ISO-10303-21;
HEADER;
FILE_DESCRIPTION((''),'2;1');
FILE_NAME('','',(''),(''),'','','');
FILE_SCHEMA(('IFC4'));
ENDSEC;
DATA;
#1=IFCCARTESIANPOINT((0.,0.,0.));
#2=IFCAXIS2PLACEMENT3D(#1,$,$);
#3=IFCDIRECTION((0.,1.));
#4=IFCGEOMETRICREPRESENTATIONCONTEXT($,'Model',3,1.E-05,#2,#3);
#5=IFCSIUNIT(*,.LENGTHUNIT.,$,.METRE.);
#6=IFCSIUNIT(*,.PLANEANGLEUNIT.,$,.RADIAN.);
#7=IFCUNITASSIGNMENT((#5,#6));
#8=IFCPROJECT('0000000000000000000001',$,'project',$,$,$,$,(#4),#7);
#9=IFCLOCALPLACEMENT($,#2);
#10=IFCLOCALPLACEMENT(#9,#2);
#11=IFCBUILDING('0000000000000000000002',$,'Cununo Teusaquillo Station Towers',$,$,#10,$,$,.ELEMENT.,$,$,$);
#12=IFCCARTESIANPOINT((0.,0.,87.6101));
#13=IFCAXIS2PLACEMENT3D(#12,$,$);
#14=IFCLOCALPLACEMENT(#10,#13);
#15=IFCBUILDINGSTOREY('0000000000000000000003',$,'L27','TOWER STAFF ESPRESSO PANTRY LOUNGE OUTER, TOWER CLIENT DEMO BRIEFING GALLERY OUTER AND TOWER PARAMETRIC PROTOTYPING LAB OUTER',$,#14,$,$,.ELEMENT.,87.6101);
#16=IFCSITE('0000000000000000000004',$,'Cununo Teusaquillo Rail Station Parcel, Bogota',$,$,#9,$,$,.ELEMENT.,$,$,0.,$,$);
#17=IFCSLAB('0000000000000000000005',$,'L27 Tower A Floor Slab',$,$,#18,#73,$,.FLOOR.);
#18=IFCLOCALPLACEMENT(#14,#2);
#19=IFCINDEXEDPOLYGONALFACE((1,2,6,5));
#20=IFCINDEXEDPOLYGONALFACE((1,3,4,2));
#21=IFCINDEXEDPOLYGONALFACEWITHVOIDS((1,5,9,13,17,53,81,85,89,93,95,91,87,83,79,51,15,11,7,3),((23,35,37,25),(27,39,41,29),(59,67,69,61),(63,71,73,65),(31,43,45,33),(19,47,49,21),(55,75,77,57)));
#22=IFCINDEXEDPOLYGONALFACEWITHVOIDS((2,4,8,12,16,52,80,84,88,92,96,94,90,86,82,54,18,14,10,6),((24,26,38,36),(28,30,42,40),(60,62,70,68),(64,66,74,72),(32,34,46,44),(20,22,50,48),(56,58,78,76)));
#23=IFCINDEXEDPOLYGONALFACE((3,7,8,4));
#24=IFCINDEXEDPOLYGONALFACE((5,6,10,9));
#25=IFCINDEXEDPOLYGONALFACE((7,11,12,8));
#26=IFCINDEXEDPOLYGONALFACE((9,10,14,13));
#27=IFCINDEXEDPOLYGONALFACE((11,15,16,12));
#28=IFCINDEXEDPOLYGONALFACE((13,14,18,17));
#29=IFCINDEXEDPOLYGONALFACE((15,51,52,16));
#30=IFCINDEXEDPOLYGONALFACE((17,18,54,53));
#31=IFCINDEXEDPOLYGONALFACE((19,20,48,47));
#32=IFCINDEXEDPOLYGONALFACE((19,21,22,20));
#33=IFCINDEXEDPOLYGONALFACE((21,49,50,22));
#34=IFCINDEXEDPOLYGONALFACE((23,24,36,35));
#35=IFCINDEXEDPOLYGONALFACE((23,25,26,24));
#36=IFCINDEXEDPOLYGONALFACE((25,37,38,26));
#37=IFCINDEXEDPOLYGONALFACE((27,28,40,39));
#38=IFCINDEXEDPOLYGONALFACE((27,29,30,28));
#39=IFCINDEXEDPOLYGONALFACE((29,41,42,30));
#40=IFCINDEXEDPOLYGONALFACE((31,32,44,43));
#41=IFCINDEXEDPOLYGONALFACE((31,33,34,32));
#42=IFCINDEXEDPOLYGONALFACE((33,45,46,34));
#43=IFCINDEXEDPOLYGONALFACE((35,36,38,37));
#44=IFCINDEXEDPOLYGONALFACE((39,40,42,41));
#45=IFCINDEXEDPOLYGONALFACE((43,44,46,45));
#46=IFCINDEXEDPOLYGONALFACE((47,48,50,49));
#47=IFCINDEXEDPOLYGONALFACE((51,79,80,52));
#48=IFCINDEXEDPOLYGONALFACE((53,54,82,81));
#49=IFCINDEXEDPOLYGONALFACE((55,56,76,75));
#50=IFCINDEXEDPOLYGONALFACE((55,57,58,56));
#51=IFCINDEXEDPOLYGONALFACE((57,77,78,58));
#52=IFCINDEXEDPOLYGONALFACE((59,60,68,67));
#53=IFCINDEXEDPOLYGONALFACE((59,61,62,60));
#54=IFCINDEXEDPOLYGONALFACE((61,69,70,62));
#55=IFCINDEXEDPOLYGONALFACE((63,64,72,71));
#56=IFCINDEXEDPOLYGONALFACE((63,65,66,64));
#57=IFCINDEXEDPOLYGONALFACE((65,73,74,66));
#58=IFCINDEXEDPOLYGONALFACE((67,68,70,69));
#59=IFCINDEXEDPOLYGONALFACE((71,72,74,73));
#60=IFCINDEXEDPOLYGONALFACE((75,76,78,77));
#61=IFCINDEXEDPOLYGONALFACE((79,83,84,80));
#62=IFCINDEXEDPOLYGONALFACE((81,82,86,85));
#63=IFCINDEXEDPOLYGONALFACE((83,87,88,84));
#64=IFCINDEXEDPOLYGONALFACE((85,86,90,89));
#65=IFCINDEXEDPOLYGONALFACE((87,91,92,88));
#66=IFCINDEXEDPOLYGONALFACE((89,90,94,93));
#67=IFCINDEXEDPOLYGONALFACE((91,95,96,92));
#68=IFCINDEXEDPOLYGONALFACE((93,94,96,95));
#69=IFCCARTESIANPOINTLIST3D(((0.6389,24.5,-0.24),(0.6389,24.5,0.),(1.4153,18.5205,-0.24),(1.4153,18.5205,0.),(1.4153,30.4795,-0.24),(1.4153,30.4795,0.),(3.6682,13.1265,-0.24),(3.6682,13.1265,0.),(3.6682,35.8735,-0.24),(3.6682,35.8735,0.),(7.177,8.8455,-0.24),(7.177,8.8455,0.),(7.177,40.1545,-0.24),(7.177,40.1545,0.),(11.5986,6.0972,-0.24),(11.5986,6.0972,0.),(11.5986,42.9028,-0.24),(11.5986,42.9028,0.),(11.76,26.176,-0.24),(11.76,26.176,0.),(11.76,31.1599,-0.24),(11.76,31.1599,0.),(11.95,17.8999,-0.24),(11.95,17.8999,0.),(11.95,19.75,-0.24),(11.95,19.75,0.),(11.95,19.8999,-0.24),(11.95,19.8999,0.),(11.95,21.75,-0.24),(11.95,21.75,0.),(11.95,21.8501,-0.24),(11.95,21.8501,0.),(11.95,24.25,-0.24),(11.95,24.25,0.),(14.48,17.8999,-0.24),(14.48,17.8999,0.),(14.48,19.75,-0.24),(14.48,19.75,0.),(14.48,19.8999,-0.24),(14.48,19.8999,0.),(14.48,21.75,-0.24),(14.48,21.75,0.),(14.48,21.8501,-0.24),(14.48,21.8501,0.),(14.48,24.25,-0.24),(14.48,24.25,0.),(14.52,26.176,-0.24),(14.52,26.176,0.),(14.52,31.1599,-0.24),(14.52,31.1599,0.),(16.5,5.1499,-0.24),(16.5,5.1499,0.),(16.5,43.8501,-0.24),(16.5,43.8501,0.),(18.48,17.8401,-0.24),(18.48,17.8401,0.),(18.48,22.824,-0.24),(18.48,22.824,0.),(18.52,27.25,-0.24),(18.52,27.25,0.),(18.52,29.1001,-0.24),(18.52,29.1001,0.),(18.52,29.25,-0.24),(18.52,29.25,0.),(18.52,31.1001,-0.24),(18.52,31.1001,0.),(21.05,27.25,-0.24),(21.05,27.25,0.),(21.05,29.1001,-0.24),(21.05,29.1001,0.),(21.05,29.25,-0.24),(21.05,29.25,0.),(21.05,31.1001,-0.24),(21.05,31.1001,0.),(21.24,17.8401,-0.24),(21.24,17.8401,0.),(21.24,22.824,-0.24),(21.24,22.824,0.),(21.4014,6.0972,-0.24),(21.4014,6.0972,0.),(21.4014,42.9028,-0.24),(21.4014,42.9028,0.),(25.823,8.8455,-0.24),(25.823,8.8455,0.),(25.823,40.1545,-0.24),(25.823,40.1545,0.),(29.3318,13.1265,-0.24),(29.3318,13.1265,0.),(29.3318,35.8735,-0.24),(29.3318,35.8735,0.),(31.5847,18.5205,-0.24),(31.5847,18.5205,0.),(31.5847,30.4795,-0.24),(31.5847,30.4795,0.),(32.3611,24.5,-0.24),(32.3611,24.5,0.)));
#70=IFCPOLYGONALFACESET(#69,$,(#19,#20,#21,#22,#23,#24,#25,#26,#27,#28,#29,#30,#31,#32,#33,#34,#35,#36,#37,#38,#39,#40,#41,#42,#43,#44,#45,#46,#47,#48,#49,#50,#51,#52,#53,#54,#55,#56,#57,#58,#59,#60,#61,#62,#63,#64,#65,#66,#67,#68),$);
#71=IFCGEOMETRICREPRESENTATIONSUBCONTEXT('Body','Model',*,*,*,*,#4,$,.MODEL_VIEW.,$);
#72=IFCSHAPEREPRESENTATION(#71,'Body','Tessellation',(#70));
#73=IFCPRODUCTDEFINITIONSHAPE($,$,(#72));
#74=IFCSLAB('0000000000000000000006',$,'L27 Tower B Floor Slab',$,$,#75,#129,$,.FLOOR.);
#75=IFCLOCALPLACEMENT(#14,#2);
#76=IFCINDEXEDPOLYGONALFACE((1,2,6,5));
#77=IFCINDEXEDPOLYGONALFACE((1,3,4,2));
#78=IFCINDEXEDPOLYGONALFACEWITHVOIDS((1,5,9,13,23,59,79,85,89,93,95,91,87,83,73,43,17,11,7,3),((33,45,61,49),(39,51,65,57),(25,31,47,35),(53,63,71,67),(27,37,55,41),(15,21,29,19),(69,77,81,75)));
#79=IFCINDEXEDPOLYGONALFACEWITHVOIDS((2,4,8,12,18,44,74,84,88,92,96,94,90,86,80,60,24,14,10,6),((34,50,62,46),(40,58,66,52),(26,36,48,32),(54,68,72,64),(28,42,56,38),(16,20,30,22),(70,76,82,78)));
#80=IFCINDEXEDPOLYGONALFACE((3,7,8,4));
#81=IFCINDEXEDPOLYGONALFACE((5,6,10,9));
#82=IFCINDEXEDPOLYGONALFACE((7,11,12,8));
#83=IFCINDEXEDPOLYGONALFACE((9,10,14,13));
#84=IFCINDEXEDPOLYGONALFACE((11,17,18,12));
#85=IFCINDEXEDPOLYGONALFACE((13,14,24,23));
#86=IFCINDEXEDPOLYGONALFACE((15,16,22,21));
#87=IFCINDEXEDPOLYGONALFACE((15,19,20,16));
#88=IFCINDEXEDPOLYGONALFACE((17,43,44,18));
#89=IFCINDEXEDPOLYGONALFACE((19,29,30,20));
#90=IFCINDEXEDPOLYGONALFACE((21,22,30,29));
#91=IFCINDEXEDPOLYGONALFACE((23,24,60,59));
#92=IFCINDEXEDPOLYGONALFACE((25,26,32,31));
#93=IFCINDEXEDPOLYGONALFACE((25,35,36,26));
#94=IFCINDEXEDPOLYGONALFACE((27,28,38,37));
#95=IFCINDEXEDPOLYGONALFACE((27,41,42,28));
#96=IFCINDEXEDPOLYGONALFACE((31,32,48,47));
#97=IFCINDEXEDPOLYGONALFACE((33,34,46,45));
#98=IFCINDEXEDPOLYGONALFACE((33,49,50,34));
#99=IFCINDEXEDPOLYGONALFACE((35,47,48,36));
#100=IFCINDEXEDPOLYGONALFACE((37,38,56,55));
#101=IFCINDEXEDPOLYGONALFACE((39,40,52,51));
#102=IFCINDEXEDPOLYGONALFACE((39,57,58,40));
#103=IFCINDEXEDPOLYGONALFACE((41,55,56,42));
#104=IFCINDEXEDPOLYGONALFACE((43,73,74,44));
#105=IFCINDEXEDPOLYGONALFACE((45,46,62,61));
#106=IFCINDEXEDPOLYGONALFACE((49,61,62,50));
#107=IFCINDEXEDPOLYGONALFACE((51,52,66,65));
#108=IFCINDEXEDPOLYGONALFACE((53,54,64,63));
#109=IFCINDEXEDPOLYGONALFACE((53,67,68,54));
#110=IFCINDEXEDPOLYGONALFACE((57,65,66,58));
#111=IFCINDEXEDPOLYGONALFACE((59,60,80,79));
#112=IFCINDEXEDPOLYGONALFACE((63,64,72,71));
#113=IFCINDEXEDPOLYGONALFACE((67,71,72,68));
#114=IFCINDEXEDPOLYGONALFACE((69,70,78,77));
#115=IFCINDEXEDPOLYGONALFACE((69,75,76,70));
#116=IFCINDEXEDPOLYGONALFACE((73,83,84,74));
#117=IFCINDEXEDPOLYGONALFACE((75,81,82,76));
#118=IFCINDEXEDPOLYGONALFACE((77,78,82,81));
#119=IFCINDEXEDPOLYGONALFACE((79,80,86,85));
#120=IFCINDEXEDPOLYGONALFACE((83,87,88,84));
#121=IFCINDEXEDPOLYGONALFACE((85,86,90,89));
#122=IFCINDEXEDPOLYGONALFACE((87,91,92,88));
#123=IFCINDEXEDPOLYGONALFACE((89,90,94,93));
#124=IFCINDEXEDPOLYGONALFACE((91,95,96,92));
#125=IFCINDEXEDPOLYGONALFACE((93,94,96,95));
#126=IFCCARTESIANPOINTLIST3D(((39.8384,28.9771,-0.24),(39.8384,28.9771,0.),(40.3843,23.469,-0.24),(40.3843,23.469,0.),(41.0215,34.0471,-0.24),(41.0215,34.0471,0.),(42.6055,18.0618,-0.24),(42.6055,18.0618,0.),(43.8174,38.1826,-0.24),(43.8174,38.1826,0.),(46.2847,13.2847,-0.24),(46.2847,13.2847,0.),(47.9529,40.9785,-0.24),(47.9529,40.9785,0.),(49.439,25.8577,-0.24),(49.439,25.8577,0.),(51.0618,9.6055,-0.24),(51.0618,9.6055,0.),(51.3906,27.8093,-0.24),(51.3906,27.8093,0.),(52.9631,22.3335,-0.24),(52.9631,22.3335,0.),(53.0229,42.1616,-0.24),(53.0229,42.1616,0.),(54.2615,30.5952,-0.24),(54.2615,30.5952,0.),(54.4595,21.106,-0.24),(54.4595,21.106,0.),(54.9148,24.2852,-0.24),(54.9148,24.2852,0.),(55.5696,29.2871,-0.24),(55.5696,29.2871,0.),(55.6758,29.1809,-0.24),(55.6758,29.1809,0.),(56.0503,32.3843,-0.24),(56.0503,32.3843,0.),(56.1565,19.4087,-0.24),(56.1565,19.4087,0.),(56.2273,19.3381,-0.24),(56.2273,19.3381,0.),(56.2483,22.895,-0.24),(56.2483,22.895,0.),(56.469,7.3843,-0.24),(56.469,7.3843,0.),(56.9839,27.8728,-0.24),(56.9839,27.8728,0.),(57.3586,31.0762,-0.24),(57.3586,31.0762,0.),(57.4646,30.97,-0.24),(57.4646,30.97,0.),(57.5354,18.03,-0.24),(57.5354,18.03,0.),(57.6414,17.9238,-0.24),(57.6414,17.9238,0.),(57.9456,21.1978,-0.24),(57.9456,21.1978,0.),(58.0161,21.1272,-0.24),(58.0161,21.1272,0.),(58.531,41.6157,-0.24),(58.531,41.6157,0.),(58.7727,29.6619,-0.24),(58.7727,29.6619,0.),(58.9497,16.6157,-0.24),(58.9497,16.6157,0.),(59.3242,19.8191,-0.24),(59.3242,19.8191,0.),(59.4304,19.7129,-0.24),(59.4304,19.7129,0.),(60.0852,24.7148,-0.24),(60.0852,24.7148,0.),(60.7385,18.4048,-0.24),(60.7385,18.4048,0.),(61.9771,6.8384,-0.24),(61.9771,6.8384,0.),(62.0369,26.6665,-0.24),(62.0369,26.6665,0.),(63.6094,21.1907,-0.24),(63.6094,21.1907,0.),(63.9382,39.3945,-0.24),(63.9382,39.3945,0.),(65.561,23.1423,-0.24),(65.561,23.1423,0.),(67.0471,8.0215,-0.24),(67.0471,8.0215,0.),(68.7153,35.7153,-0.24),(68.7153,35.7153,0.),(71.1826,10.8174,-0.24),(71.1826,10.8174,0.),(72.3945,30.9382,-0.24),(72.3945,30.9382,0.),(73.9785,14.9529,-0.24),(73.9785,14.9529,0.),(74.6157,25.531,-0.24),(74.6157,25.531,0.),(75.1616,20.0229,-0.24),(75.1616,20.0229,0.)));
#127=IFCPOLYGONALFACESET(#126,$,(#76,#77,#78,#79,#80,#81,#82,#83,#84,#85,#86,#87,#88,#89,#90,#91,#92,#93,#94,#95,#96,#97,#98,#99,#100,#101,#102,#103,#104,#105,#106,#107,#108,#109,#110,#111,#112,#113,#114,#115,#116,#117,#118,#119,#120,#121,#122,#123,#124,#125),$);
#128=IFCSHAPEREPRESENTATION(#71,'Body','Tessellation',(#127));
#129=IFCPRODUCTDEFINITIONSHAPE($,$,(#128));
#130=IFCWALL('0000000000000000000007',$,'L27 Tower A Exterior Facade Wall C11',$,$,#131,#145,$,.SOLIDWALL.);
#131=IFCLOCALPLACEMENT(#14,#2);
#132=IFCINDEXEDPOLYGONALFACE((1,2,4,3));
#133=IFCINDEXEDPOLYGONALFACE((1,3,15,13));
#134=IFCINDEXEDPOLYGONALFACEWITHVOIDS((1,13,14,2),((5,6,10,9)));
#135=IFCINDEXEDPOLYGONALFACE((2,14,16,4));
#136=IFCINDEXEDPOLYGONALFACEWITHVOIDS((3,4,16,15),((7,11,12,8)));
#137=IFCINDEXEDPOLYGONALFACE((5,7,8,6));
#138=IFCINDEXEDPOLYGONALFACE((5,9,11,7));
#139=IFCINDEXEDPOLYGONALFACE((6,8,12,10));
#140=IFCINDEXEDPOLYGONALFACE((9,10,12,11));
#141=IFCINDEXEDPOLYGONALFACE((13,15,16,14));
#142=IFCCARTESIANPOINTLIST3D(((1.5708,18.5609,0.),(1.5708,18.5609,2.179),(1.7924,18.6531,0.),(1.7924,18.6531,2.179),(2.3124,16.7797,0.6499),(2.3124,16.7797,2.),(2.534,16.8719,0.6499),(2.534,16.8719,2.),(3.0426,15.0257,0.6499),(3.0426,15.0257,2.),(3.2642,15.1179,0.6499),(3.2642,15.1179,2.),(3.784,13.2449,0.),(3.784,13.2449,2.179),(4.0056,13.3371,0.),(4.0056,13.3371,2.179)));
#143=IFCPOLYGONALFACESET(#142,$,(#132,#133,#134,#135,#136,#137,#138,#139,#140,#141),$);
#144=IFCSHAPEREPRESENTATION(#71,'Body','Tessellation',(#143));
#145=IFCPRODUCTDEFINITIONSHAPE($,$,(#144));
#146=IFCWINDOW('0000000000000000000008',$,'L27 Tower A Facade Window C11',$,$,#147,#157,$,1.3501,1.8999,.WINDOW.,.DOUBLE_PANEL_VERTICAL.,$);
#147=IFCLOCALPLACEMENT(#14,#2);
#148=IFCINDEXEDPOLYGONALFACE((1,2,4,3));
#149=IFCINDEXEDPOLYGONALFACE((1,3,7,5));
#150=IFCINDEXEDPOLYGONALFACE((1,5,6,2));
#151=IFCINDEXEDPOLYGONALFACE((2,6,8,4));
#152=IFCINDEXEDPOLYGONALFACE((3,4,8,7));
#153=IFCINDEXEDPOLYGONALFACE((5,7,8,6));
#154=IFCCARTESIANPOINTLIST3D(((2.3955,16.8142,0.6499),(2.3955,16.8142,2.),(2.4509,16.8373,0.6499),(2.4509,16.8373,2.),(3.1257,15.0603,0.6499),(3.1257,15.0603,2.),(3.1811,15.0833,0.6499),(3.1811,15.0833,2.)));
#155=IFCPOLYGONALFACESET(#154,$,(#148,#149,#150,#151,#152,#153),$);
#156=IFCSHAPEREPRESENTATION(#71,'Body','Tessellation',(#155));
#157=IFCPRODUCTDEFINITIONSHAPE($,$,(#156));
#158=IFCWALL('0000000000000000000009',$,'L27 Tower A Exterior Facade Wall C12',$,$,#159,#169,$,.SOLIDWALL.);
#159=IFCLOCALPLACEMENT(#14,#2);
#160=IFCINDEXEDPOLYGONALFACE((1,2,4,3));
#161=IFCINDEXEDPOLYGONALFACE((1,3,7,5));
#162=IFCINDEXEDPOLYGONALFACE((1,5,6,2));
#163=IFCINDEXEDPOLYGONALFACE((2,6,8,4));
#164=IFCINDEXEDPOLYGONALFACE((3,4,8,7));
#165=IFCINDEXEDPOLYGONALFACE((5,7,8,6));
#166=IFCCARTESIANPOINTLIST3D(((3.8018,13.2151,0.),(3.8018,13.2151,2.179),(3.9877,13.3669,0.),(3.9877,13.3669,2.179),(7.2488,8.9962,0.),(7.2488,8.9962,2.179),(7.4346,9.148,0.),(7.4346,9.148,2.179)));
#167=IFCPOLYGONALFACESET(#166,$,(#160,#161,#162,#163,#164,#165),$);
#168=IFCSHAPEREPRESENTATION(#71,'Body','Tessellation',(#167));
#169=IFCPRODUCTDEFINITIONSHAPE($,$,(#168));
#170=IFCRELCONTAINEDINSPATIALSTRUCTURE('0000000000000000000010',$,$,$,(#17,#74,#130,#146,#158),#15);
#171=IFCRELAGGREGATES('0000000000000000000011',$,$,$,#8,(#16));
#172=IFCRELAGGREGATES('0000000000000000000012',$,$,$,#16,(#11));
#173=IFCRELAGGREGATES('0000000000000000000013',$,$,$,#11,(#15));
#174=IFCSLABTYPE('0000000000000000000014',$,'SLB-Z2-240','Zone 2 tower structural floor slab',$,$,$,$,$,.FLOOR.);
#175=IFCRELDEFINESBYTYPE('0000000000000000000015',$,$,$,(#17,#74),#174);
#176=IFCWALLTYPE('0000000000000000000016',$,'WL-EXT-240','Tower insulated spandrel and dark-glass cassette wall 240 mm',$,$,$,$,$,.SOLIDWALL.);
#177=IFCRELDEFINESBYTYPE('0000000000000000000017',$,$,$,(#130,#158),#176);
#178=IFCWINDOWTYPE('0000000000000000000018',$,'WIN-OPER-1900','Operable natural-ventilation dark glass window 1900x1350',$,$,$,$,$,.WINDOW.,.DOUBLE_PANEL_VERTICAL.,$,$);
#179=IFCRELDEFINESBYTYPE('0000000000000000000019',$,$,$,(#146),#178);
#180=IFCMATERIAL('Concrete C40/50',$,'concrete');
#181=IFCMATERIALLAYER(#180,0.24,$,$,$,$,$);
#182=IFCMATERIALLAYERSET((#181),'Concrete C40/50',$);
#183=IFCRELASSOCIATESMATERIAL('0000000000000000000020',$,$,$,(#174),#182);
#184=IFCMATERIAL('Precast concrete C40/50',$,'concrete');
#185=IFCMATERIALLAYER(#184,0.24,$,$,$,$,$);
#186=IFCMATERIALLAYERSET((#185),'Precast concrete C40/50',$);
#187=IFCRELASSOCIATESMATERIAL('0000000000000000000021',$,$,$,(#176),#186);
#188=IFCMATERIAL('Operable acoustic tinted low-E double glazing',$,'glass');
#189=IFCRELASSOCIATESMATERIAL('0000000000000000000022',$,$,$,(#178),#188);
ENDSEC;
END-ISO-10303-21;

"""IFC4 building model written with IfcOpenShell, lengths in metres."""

from ifc_helpers import new_model, si_unit, direction, frame, frame_2d, origin, place, context, subcontext, project, spatial, polyline, rectangle, outline, extrude, source, transform, mapped, material, layer, layer_set, type_object, element, fill, save


model = new_model("IFC4")

# Units and contexts
model_context = context("Model", 3, precision=1e-05, world=origin(), true_north=direction((0.0, 1.0)))
body_context = subcontext(model_context, "Body", "Model", "MODEL_VIEW")
ifc_project = project(units=[si_unit("LENGTHUNIT", "METRE"), si_unit("PLANEANGLEUNIT", "RADIAN")], contexts=[model_context])

# Site, building, storey
site_placement = place(None, origin())
site = spatial("IfcSite", under=ifc_project, at=site_placement, Name="Cununo Teusaquillo Rail Station Parcel, Bogota", CompositionType="ELEMENT", RefElevation=0.0)
building_placement = place(site_placement, origin())
building = spatial("IfcBuilding", under=site, at=building_placement, Name="Cununo Teusaquillo Station Towers", CompositionType="ELEMENT")
storey_placement = place(building_placement, frame((0.0, 0.0, 87.6101)))
storey = spatial("IfcBuildingStorey", under=building, at=storey_placement, Name="L27", Description="TOWER STAFF ESPRESSO PANTRY LOUNGE OUTER, TOWER CLIENT DEMO BRIEFING GALLERY OUTER AND TOWER PARAMETRIC PROTOTYPING LAB OUTER", CompositionType="ELEMENT", Elevation=87.6101)

# Slabs
ifc_material_1 = material(Name="Concrete C40/50", Category="concrete")
ifc_layer_1 = layer(ifc_material_1, 0.24)
ifc_layer_set_1 = layer_set([ifc_layer_1], Name="Concrete C40/50")
slab_type_1 = type_object("IfcSlabType", Name="SLB-Z2-240", Description="Zone 2 tower structural floor slab", PredefinedType="FLOOR", material=ifc_layer_set_1)
slab_1_placement = place(storey_placement, frame((0.0, 0.0, -0.24)))
element("IfcSlab", 1, at=slab_1_placement, inside=storey, type_object=slab_type_1, Name="L27 Tower A Floor Slab", PredefinedType="FLOOR", context=body_context, shape_type="SweptSolid", body=[
    extrude(outline(polyline([(32.3611, 24.5), (31.5847, 30.4795), (29.3318, 35.8735), (25.823, 40.1545), (21.4014, 42.9028), (16.5, 43.8501), (11.5986, 42.9028), (7.177, 40.1545), (3.6682, 35.8735), (1.4153, 30.4795), (0.6389, 24.5), (1.4153, 18.5205), (3.6682, 13.1265), (7.177, 8.8455), (11.5986, 6.0972), (16.5, 5.1499), (21.4014, 6.0972), (25.823, 8.8455), (29.3318, 13.1265), (31.5847, 18.5205), (32.3611, 24.5)]), holes=[polyline([(14.52, 26.176), (14.52, 31.1599), (11.76, 31.1599), (11.76, 26.176), (14.52, 26.176)]), polyline([(18.48, 22.824), (18.48, 17.8401), (21.24, 17.8401), (21.24, 22.824), (18.48, 22.824)]), polyline([(11.95, 21.8501), (14.48, 21.8501), (14.48, 24.25), (11.95, 24.25), (11.95, 21.8501)]), polyline([(11.95, 17.8999), (14.48, 17.8999), (14.48, 19.75), (11.95, 19.75), (11.95, 17.8999)]), polyline([(11.95, 19.8999), (14.48, 19.8999), (14.48, 21.75), (11.95, 21.75), (11.95, 19.8999)]), polyline([(18.52, 27.25), (21.05, 27.25), (21.05, 29.1001), (18.52, 29.1001), (18.52, 27.25)]), polyline([(18.52, 29.25), (21.05, 29.25), (21.05, 31.1001), (18.52, 31.1001), (18.52, 29.25)])]), origin(), (0.0, 0.0, 1.0), 0.24),
])
slab_2_placement = place(storey_placement, frame((0.0, 0.0, -0.24)))
element("IfcSlab", 2, at=slab_2_placement, inside=storey, type_object=slab_type_1, Name="L27 Tower B Floor Slab", PredefinedType="FLOOR", context=body_context, shape_type="SweptSolid", body=[
    extrude(outline(polyline([(68.7153, 35.7153), (63.9382, 39.3945), (58.531, 41.6157), (53.0229, 42.1616), (47.9529, 40.9785), (43.8174, 38.1826), (41.0215, 34.0471), (39.8384, 28.9771), (40.3843, 23.469), (42.6055, 18.0618), (46.2847, 13.2847), (51.0618, 9.6055), (56.469, 7.3843), (61.9771, 6.8384), (67.0471, 8.0215), (71.1826, 10.8174), (73.9785, 14.9529), (75.1616, 20.0229), (74.6157, 25.531), (72.3945, 30.9382), (68.7153, 35.7153)]), holes=[polyline([(54.9148, 24.2852), (51.3906, 27.8093), (49.439, 25.8577), (52.9631, 22.3335), (54.9148, 24.2852)]), polyline([(60.0852, 24.7148), (63.6094, 21.1907), (65.561, 23.1423), (62.0369, 26.6665), (60.0852, 24.7148)]), polyline([(56.1565, 19.4087), (57.9456, 21.1978), (56.2483, 22.895), (54.4595, 21.106), (56.1565, 19.4087)]), polyline([(58.9497, 16.6157), (60.7385, 18.4048), (59.4304, 19.7129), (57.6414, 17.9238), (58.9497, 16.6157)]), polyline([(57.5354, 18.03), (59.3242, 19.8191), (58.0161, 21.1272), (56.2273, 19.3381), (57.5354, 18.03)]), polyline([(56.9839, 27.8728), (58.7727, 29.6619), (57.4646, 30.97), (55.6758, 29.1809), (56.9839, 27.8728)]), polyline([(55.5696, 29.2871), (57.3586, 31.0762), (56.0503, 32.3843), (54.2615, 30.5952), (55.5696, 29.2871)])]), origin(), (0.0, 0.0, 1.0), 0.24),
])

# Wall, opening, window
ifc_material_2 = material(Name="Precast concrete C40/50", Category="concrete")
ifc_layer_2 = layer(ifc_material_2, 0.24)
ifc_layer_set_2 = layer_set([ifc_layer_2], Name="Precast concrete C40/50")
wall_type_1 = type_object("IfcWallType", Name="WL-EXT-240", Description="Tower insulated spandrel and dark-glass cassette wall 240 mm", PredefinedType="SOLIDWALL", material=ifc_layer_set_2)
wall_1_placement = place(storey_placement, frame((3.8948, 13.291, 0.0), z_axis=(0.0, 0.0, 1.0), x_axis=(-0.384344, 0.92319, 0.0)))
wall_1 = element("IfcWall", 3, at=wall_1_placement, inside=storey, type_object=wall_type_1, Name="L27 Tower A Exterior Facade Wall C11", PredefinedType="SOLIDWALL", context=body_context, shape_type="SweptSolid", body=[
    extrude(rectangle(XDim=5.7583, YDim=0.24, at=frame_2d((2.8792, 0.0))), origin(), (0.0, 0.0, 1.0), 2.179),
])
shared_shape_1 = source(origin(), body_context, "Body", "SweptSolid", [
    extrude(rectangle(XDim=1.8999, YDim=1.3501, at=frame_2d((0.95, 0.675))), frame((0.0, 0.1299, 0.0), z_axis=(0.0, -1.0, 0.0), x_axis=(1.0, 0.0, 0.0)), (0.0, 0.0, 1.0), 0.26),
])
opening_1_placement = place(wall_1_placement, frame((1.929, 0.0, 0.6499)))
opening_1 = element("IfcOpeningElement", 4, at=opening_1_placement, cuts=wall_1, PredefinedType="OPENING", context=body_context, shape_type="MappedRepresentation", body=[
    mapped(shared_shape_1, transform((0.0, 0.0, 0.0), x_axis=(1.0, 0.0, 0.0), y_axis=(0.0, 1.0, 0.0), z_axis=(0.0, 0.0, 1.0), scale=1.0)),
])
ifc_material_3 = material(Name="Operable acoustic tinted low-E double glazing", Category="glass")
window_type = type_object("IfcWindowType", Name="WIN-OPER-1900", Description="Operable natural-ventilation dark glass window 1900x1350", PartitioningType="DOUBLE_PANEL_VERTICAL", PredefinedType="WINDOW", material=ifc_material_3)
shared_shape_2 = source(origin(), body_context, "Body", "SweptSolid", [
    extrude(rectangle(XDim=1.8999, YDim=1.3501, at=frame_2d((0.95, 0.675))), frame((0.0, 0.03, 0.0), z_axis=(0.0, -1.0, 0.0), x_axis=(1.0, 0.0, 0.0)), (0.0, 0.0, 1.0), 0.0601),
])
window_1_placement = place(opening_1_placement, origin())
window_1 = element("IfcWindow", 5, at=window_1_placement, inside=storey, type_object=window_type, Name="L27 Tower A Facade Window C11", OverallHeight=1.3501, OverallWidth=1.8999, PartitioningType="DOUBLE_PANEL_VERTICAL", PredefinedType="WINDOW", context=body_context, shape_type="MappedRepresentation", body=[
    mapped(shared_shape_2, transform((0.0, 0.0, 0.0), x_axis=(1.0, 0.0, 0.0), y_axis=(0.0, 1.0, 0.0), z_axis=(0.0, 0.0, 1.0), scale=1.0)),
])
fill(opening_1, window_1)

# Wall
wall_2_placement = place(storey_placement, frame((7.3418, 9.072, 0.0), z_axis=(0.0, 0.0, 1.0), x_axis=(-0.632701, 0.774396, 0.0)))
element("IfcWall", 6, at=wall_2_placement, inside=storey, type_object=wall_type_1, Name="L27 Tower A Exterior Facade Wall C12", PredefinedType="SOLIDWALL", context=body_context, shape_type="SweptSolid", body=[
    extrude(rectangle(XDim=5.448, YDim=0.24, at=frame_2d((2.7241, 0.0))), origin(), (0.0, 0.0, 1.0), 2.179),
])

save(model, "model.ifc")
